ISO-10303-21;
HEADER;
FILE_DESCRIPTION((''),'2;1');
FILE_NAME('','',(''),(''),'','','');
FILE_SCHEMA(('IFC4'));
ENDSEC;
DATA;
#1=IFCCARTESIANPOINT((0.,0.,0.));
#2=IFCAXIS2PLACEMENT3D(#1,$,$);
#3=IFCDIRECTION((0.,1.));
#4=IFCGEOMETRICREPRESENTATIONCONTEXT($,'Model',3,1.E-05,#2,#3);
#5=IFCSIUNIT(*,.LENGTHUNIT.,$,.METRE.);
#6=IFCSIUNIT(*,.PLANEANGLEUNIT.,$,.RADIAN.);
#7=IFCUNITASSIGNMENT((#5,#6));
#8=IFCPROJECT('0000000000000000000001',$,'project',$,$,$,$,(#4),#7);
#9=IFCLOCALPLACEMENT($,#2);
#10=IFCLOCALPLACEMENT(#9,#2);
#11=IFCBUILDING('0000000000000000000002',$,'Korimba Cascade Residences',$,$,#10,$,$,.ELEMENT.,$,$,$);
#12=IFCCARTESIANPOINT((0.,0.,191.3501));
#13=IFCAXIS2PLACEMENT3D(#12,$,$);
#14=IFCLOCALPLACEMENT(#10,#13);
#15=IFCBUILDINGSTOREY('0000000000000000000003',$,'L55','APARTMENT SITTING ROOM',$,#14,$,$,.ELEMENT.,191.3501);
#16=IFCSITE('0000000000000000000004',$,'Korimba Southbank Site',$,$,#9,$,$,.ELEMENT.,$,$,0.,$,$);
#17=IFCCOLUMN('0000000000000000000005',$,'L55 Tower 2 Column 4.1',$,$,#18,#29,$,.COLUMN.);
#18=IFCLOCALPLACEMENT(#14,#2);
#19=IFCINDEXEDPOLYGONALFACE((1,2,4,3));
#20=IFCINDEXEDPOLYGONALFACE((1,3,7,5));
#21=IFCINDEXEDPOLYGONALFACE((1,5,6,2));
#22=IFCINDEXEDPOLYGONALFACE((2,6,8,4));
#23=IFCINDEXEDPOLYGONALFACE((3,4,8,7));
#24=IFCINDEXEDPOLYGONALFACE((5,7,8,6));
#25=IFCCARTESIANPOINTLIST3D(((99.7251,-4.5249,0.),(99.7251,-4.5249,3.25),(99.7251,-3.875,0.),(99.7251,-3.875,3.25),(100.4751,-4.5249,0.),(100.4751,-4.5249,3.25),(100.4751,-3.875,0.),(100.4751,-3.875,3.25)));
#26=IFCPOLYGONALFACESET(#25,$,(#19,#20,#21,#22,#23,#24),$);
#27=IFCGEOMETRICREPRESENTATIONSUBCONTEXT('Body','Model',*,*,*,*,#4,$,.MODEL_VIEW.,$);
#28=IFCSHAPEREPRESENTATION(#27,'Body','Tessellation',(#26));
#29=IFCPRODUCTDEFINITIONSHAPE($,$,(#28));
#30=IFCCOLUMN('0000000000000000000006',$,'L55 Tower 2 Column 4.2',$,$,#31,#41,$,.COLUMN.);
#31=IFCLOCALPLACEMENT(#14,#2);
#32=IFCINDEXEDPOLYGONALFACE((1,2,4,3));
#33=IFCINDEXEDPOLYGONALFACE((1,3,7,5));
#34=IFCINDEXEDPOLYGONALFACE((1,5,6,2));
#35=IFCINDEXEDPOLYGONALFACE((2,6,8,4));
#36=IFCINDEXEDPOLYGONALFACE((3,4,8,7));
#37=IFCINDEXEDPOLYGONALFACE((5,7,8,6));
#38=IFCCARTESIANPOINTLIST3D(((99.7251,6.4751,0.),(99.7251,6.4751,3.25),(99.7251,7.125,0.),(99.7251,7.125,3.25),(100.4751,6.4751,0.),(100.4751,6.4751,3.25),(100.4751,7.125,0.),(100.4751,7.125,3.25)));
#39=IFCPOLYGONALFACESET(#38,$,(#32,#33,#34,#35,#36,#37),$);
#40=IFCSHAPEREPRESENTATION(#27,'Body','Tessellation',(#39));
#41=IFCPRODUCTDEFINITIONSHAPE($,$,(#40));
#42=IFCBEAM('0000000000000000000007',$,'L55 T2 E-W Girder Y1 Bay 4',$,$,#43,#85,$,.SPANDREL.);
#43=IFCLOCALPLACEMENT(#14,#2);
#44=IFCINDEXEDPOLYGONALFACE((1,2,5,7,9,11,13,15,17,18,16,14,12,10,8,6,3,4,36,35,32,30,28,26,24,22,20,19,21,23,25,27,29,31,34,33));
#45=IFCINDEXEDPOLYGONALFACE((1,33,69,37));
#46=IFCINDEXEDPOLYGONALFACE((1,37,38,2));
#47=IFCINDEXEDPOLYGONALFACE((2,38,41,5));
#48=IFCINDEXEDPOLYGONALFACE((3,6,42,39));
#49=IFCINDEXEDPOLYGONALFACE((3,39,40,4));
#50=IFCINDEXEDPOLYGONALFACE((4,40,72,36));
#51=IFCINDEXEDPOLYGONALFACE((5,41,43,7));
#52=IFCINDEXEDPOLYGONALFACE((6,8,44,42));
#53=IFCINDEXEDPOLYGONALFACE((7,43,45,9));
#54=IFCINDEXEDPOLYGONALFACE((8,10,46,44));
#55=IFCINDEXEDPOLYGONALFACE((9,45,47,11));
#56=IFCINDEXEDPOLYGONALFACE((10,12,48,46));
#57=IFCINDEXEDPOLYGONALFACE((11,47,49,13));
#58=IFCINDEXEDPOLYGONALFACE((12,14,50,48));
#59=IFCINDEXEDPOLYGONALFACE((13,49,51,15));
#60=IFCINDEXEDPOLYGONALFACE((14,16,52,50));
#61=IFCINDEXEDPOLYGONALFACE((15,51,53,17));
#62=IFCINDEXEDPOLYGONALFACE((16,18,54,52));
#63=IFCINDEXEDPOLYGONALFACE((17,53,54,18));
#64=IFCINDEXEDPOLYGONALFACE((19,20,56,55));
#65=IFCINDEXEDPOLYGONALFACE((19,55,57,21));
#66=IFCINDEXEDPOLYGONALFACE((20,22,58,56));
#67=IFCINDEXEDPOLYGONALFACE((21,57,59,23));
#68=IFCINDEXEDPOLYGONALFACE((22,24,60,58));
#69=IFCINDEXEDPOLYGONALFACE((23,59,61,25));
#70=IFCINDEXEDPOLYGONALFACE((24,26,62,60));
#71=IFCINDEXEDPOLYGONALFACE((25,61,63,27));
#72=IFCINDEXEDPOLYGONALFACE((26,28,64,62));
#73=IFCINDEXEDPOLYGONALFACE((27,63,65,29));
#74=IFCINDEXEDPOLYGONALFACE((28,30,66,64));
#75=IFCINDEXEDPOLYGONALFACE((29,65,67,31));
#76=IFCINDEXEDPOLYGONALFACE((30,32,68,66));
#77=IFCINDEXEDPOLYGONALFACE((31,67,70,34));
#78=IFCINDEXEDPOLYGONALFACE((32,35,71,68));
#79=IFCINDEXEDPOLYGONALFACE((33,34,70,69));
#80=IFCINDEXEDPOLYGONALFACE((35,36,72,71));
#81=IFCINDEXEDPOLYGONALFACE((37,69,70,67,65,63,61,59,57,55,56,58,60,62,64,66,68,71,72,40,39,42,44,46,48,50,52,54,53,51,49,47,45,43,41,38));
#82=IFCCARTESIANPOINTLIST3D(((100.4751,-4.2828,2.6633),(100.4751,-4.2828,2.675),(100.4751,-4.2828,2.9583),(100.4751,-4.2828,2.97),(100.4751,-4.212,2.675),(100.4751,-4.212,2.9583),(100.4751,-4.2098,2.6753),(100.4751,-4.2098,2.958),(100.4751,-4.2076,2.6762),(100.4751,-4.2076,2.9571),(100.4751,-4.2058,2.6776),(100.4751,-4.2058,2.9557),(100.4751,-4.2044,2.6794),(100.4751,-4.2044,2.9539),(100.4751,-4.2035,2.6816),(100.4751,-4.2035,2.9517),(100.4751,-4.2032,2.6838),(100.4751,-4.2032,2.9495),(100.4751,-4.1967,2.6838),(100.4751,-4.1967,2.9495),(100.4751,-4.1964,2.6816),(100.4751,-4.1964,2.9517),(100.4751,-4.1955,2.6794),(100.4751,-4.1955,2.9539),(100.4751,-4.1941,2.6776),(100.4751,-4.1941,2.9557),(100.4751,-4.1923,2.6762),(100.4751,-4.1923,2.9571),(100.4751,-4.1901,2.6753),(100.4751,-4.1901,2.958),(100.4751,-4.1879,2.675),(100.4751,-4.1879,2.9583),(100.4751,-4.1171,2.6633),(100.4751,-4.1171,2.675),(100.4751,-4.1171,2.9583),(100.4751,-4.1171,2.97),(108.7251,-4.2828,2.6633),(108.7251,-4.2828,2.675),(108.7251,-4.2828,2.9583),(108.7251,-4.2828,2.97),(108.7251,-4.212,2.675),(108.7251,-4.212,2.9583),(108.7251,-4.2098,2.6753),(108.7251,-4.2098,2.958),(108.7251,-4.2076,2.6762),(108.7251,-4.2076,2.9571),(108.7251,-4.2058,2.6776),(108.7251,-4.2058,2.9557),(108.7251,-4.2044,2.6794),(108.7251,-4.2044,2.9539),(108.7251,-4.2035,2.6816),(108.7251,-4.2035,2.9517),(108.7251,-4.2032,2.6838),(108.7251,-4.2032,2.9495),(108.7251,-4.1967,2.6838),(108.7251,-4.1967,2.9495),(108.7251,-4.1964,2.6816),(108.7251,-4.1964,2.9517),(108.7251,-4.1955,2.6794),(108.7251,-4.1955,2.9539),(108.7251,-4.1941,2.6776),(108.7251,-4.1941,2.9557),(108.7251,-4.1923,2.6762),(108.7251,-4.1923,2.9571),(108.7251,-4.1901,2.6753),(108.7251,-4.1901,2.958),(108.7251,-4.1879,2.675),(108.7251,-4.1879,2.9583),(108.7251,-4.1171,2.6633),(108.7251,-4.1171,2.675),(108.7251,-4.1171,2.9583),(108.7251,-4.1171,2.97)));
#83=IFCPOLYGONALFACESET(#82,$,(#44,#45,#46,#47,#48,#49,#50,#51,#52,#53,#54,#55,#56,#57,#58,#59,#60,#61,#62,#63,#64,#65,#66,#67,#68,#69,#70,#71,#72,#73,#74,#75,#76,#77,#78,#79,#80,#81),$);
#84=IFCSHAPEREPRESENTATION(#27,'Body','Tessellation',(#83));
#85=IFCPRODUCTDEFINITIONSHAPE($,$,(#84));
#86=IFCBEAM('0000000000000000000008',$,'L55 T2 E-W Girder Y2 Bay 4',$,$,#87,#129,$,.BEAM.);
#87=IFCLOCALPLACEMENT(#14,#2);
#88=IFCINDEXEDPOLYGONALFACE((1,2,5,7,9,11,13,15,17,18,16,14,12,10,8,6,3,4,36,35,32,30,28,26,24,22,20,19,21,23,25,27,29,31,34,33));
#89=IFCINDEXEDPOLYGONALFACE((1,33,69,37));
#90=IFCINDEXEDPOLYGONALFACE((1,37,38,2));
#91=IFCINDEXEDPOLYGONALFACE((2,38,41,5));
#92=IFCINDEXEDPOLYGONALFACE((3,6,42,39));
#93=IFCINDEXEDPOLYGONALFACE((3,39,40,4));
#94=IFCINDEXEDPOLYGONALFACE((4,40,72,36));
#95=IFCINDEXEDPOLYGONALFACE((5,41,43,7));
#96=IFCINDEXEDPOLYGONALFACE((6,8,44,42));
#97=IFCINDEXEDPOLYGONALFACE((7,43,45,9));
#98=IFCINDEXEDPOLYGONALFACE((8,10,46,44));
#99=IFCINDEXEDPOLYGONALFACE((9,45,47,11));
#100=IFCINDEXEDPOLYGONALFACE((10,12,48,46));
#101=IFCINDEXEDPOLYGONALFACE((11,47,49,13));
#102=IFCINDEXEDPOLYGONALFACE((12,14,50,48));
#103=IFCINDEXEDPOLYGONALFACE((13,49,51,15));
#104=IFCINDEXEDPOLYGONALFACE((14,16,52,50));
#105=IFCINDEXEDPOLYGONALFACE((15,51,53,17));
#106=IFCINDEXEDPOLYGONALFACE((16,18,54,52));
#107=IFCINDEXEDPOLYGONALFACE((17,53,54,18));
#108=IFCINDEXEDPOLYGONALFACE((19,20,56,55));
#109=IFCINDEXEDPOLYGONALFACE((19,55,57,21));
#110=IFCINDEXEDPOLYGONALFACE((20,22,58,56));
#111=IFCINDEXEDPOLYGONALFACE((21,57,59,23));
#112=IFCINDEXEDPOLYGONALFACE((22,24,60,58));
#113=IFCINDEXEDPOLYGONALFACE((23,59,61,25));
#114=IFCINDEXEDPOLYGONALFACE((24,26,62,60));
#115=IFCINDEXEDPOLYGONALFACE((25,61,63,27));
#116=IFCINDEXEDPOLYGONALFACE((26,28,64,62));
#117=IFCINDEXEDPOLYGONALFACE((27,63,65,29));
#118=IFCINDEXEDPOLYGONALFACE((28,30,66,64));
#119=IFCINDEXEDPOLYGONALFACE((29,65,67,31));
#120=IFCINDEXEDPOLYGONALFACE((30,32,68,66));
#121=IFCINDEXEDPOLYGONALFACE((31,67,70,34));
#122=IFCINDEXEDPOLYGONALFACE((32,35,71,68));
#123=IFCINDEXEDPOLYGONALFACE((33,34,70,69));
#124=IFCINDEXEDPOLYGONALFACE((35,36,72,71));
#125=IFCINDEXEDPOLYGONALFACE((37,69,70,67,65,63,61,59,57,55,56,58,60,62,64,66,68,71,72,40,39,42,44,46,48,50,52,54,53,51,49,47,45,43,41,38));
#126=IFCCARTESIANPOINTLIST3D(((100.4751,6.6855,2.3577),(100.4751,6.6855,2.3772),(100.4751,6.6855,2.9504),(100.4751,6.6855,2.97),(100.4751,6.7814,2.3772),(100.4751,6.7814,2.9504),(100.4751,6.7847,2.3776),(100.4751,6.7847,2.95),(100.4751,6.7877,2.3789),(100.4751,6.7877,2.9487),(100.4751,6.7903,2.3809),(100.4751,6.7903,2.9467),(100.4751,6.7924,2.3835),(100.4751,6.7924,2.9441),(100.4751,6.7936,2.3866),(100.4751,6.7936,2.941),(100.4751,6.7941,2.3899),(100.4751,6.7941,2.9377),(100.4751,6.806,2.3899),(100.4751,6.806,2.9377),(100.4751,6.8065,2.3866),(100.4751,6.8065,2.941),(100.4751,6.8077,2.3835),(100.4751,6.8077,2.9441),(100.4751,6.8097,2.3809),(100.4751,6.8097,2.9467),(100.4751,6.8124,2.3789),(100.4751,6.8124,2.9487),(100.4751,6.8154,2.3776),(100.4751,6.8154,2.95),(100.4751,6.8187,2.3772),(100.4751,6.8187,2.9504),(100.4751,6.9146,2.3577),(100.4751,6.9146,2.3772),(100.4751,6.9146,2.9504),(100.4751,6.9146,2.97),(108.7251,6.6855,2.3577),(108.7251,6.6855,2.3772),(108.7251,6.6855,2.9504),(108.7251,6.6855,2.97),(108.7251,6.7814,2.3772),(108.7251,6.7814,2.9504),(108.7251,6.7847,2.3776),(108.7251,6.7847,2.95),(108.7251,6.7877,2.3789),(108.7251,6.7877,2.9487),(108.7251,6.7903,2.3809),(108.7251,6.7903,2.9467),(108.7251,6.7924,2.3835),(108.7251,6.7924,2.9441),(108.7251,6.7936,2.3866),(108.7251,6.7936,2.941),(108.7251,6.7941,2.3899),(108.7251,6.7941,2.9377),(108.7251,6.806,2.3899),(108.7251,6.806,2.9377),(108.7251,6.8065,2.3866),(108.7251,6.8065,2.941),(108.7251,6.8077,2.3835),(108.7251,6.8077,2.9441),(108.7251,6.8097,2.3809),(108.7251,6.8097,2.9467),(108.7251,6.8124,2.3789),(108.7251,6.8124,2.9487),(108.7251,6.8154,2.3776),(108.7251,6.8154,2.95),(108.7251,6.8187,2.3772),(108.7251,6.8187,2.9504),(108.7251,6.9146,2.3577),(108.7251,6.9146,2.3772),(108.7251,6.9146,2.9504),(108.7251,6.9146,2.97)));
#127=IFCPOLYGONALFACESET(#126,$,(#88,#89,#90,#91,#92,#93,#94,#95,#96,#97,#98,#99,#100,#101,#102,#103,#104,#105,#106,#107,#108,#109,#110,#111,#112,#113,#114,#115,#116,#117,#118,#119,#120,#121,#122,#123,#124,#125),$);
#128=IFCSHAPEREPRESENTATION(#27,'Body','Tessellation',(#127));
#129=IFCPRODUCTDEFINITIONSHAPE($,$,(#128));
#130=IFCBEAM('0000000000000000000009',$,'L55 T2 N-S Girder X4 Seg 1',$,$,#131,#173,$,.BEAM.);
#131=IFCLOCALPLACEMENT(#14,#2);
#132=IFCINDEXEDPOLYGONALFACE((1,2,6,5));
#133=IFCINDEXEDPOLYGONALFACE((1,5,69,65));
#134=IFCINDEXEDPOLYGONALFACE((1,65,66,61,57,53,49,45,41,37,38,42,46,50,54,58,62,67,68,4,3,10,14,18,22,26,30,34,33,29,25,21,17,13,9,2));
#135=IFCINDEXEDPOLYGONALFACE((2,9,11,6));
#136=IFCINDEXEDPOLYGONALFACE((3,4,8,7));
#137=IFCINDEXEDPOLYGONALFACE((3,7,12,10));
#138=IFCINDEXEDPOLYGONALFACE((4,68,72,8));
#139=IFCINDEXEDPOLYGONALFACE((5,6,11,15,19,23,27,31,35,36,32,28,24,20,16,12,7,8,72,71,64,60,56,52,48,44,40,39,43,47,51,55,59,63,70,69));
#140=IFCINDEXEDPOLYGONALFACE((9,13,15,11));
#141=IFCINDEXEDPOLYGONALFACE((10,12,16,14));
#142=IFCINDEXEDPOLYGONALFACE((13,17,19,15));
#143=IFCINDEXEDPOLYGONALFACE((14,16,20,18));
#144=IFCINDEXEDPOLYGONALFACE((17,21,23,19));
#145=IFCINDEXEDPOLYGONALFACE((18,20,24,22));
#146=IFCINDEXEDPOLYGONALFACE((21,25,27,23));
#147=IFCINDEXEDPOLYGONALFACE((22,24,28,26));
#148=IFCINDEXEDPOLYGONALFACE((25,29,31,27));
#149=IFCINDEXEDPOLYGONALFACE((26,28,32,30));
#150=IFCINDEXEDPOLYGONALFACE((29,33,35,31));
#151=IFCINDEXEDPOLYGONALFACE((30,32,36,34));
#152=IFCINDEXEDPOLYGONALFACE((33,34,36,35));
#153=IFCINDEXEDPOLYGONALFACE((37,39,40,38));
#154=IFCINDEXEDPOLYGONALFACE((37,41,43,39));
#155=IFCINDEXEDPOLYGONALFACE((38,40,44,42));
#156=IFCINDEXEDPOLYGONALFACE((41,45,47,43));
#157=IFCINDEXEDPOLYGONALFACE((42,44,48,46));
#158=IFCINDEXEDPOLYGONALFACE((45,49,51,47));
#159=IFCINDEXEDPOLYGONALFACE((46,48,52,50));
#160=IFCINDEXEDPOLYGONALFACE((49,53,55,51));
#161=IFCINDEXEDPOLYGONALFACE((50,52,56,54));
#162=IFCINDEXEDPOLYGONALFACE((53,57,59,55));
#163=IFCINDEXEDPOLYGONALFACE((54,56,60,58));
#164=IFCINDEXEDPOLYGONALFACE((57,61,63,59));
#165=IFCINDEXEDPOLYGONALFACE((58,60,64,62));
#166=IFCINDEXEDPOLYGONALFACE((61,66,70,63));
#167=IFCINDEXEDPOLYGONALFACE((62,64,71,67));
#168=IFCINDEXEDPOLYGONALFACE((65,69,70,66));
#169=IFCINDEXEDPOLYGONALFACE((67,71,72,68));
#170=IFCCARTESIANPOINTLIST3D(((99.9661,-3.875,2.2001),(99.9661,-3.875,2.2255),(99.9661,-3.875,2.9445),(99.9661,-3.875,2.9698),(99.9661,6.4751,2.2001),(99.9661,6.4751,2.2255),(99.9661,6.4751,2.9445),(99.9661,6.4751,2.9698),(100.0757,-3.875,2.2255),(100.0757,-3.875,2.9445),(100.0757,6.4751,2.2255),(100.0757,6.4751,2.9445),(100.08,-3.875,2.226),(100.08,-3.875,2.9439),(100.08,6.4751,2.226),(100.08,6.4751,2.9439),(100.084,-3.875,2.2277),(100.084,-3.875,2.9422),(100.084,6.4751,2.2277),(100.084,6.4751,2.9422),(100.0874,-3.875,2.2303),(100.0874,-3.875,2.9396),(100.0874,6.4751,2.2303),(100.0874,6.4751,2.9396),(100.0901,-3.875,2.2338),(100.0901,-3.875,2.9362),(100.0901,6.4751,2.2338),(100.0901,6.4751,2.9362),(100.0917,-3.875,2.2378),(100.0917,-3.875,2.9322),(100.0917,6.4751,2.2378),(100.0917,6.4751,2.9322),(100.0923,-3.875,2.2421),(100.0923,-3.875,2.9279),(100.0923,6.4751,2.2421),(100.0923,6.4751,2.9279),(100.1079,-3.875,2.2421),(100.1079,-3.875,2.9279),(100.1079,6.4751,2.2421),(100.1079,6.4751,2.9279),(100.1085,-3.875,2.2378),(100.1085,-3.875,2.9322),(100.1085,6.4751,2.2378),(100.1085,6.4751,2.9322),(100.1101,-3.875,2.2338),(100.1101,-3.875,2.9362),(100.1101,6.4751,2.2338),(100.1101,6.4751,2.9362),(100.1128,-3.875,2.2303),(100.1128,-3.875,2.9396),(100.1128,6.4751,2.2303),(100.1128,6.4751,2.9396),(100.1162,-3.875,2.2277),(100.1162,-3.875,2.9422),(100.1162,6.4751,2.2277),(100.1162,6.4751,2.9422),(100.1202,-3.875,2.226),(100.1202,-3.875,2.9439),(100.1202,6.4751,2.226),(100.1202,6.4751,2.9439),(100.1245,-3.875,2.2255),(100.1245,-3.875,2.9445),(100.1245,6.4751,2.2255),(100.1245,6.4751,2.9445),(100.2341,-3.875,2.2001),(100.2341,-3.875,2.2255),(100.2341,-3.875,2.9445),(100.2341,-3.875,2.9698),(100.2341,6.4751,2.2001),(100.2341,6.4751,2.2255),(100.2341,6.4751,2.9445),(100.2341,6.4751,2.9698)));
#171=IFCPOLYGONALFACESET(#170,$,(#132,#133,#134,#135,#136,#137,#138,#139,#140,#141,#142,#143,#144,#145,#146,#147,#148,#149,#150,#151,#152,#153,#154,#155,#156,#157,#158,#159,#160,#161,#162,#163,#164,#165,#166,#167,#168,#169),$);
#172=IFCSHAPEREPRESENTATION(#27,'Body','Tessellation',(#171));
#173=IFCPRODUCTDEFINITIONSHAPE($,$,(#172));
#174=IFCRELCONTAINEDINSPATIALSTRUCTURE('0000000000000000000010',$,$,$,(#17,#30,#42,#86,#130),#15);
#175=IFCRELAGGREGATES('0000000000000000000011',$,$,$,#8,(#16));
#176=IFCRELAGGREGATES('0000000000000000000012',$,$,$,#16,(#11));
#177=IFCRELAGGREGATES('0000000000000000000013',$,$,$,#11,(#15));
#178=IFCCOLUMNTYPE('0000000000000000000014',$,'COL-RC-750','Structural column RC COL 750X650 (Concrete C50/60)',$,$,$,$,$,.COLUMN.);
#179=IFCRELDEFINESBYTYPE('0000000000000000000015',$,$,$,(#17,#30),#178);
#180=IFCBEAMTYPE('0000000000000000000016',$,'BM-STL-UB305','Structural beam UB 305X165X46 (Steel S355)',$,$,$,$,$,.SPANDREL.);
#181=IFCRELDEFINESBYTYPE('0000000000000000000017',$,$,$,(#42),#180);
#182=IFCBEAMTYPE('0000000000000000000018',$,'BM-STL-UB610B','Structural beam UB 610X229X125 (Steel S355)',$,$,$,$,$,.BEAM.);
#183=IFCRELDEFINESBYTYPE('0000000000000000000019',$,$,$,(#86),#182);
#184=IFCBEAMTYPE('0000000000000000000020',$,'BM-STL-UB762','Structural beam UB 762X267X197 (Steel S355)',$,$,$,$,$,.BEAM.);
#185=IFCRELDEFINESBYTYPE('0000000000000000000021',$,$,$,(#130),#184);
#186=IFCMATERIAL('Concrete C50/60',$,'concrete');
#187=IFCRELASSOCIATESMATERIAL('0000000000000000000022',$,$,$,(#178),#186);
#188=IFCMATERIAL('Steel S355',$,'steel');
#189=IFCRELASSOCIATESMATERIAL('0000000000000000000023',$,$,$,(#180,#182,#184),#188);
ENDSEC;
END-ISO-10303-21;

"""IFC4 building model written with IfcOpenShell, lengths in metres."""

from ifc_helpers import new_model, si_unit, direction, frame, origin, origin_2d, place, context, subcontext, project, spatial, rectangle, i_section, extrude, material, material_profile, profile_set, type_object, element, save


model = new_model("IFC4")

# Units and contexts
model_context = context("Model", 3, precision=1e-05, world=origin(), true_north=direction((0.0, 1.0)))
body_context = subcontext(model_context, "Body", "Model", "MODEL_VIEW")
ifc_project = project(units=[si_unit("LENGTHUNIT", "METRE"), si_unit("PLANEANGLEUNIT", "RADIAN")], contexts=[model_context])

# Site, building, storey
site_placement = place(None, origin())
site = spatial("IfcSite", under=ifc_project, at=site_placement, Name="Korimba Southbank Site", CompositionType="ELEMENT", RefElevation=0.0)
building_placement = place(site_placement, origin())
building = spatial("IfcBuilding", under=site, at=building_placement, Name="Korimba Cascade Residences", CompositionType="ELEMENT")
storey_placement = place(building_placement, frame((0.0, 0.0, 191.3501)))
storey = spatial("IfcBuildingStorey", under=building, at=storey_placement, Name="L55", Description="APARTMENT SITTING ROOM", CompositionType="ELEMENT", Elevation=191.3501)

# Columns
ifc_material_1 = material(Name="Concrete C50/60", Category="concrete")
ifc_material_profile_1 = material_profile(ifc_material_1, rectangle(XDim=0.75, YDim=0.6499, at=origin_2d()), Name="Concrete C50/60")
ifc_profile_set_1 = profile_set([ifc_material_profile_1], Name="Concrete C50/60")
column_type = type_object("IfcColumnType", Name="COL-RC-750", Description="Structural column RC COL 750X650 (Concrete C50/60)", PredefinedType="COLUMN", material=ifc_profile_set_1)
for number, where, z_axis, x_axis, name in (
    (1, (100.1001, -4.2, 0.0), (0.0, 0.0, 1.0), (1.0, 0.0, 0.0), "L55 Tower 2 Column 4.1"),
    (2, (100.1001, 6.8, 0.0), (0.0, 0.0, 1.0), (1.0, 0.0, 0.0), "L55 Tower 2 Column 4.2"),
):
    element("IfcColumn", number, at=place(storey_placement, frame(where, z_axis=z_axis, x_axis=x_axis)), inside=storey, type_object=column_type, Name=name, PredefinedType="COLUMN", context=body_context, shape_type="SweptSolid", body=[
        extrude(rectangle(XDim=0.75, YDim=0.6499, at=origin_2d()), origin(), (0.0, 0.0, 1.0), 3.25),
    ])

# Beams
ifc_material_2 = material(Name="Steel S355", Category="steel")
ifc_material_profile_2 = material_profile(ifc_material_2, i_section(OverallWidth=0.1658, OverallDepth=0.3066, WebThickness=0.0066, FlangeThickness=0.0117, FilletRadius=0.0088, at=origin_2d()), Name="Steel S355")
ifc_profile_set_2 = profile_set([ifc_material_profile_2], Name="Steel S355")
beam_type_1 = type_object("IfcBeamType", Name="BM-STL-UB305", Description="Structural beam UB 305X165X46 (Steel S355)", PredefinedType="SPANDREL", material=ifc_profile_set_2)
beam_1_placement = place(storey_placement, frame((100.4751, -4.2, 2.8167), z_axis=(1.0, 0.0, 0.0), x_axis=(0.0, 1.0, 0.0)))
element("IfcBeam", 3, at=beam_1_placement, inside=storey, type_object=beam_type_1, Name="L55 T2 E-W Girder Y1 Bay 4", PredefinedType="SPANDREL", context=body_context, shape_type="SweptSolid", body=[
    extrude(i_section(OverallWidth=0.1658, OverallDepth=0.3066, WebThickness=0.0066, FlangeThickness=0.0117, FilletRadius=0.0088, at=origin_2d()), origin(), (0.0, 0.0, 1.0), 8.25),
])
ifc_material_profile_3 = material_profile(ifc_material_2, i_section(OverallWidth=0.229, OverallDepth=0.6123, WebThickness=0.012, FlangeThickness=0.0195, FilletRadius=0.0127, at=origin_2d()), Name="Steel S355")
ifc_profile_set_3 = profile_set([ifc_material_profile_3], Name="Steel S355")
beam_type_2 = type_object("IfcBeamType", Name="BM-STL-UB610B", Description="Structural beam UB 610X229X125 (Steel S355)", PredefinedType="BEAM", material=ifc_profile_set_3)
beam_2_placement = place(storey_placement, frame((100.4751, 6.8, 2.6638), z_axis=(1.0, 0.0, 0.0), x_axis=(0.0, 1.0, 0.0)))
element("IfcBeam", 4, at=beam_2_placement, inside=storey, type_object=beam_type_2, Name="L55 T2 E-W Girder Y2 Bay 4", PredefinedType="BEAM", context=body_context, shape_type="SweptSolid", body=[
    extrude(i_section(OverallWidth=0.229, OverallDepth=0.6123, WebThickness=0.012, FlangeThickness=0.0195, FilletRadius=0.0127, at=origin_2d()), origin(), (0.0, 0.0, 1.0), 8.25),
])
ifc_material_profile_4 = material_profile(ifc_material_2, i_section(OverallWidth=0.2681, OverallDepth=0.7698, WebThickness=0.0156, FlangeThickness=0.0254, FilletRadius=0.0166, at=origin_2d()), Name="Steel S355")
ifc_profile_set_4 = profile_set([ifc_material_profile_4], Name="Steel S355")
beam_type_3 = type_object("IfcBeamType", Name="BM-STL-UB762", Description="Structural beam UB 762X267X197 (Steel S355)", PredefinedType="BEAM", material=ifc_profile_set_4)
beam_3_placement = place(storey_placement, frame((100.1001, -3.875, 2.585), z_axis=(0.0, 1.0, 0.0), x_axis=(-1.0, 0.0, 0.0)))
element("IfcBeam", 5, at=beam_3_placement, inside=storey, type_object=beam_type_3, Name="L55 T2 N-S Girder X4 Seg 1", PredefinedType="BEAM", context=body_context, shape_type="SweptSolid", body=[
    extrude(i_section(OverallWidth=0.2681, OverallDepth=0.7698, WebThickness=0.0156, FlangeThickness=0.0254, FilletRadius=0.0166, at=origin_2d()), origin(), (0.0, 0.0, 1.0), 10.3501),
])

save(model, "model.ifc")
